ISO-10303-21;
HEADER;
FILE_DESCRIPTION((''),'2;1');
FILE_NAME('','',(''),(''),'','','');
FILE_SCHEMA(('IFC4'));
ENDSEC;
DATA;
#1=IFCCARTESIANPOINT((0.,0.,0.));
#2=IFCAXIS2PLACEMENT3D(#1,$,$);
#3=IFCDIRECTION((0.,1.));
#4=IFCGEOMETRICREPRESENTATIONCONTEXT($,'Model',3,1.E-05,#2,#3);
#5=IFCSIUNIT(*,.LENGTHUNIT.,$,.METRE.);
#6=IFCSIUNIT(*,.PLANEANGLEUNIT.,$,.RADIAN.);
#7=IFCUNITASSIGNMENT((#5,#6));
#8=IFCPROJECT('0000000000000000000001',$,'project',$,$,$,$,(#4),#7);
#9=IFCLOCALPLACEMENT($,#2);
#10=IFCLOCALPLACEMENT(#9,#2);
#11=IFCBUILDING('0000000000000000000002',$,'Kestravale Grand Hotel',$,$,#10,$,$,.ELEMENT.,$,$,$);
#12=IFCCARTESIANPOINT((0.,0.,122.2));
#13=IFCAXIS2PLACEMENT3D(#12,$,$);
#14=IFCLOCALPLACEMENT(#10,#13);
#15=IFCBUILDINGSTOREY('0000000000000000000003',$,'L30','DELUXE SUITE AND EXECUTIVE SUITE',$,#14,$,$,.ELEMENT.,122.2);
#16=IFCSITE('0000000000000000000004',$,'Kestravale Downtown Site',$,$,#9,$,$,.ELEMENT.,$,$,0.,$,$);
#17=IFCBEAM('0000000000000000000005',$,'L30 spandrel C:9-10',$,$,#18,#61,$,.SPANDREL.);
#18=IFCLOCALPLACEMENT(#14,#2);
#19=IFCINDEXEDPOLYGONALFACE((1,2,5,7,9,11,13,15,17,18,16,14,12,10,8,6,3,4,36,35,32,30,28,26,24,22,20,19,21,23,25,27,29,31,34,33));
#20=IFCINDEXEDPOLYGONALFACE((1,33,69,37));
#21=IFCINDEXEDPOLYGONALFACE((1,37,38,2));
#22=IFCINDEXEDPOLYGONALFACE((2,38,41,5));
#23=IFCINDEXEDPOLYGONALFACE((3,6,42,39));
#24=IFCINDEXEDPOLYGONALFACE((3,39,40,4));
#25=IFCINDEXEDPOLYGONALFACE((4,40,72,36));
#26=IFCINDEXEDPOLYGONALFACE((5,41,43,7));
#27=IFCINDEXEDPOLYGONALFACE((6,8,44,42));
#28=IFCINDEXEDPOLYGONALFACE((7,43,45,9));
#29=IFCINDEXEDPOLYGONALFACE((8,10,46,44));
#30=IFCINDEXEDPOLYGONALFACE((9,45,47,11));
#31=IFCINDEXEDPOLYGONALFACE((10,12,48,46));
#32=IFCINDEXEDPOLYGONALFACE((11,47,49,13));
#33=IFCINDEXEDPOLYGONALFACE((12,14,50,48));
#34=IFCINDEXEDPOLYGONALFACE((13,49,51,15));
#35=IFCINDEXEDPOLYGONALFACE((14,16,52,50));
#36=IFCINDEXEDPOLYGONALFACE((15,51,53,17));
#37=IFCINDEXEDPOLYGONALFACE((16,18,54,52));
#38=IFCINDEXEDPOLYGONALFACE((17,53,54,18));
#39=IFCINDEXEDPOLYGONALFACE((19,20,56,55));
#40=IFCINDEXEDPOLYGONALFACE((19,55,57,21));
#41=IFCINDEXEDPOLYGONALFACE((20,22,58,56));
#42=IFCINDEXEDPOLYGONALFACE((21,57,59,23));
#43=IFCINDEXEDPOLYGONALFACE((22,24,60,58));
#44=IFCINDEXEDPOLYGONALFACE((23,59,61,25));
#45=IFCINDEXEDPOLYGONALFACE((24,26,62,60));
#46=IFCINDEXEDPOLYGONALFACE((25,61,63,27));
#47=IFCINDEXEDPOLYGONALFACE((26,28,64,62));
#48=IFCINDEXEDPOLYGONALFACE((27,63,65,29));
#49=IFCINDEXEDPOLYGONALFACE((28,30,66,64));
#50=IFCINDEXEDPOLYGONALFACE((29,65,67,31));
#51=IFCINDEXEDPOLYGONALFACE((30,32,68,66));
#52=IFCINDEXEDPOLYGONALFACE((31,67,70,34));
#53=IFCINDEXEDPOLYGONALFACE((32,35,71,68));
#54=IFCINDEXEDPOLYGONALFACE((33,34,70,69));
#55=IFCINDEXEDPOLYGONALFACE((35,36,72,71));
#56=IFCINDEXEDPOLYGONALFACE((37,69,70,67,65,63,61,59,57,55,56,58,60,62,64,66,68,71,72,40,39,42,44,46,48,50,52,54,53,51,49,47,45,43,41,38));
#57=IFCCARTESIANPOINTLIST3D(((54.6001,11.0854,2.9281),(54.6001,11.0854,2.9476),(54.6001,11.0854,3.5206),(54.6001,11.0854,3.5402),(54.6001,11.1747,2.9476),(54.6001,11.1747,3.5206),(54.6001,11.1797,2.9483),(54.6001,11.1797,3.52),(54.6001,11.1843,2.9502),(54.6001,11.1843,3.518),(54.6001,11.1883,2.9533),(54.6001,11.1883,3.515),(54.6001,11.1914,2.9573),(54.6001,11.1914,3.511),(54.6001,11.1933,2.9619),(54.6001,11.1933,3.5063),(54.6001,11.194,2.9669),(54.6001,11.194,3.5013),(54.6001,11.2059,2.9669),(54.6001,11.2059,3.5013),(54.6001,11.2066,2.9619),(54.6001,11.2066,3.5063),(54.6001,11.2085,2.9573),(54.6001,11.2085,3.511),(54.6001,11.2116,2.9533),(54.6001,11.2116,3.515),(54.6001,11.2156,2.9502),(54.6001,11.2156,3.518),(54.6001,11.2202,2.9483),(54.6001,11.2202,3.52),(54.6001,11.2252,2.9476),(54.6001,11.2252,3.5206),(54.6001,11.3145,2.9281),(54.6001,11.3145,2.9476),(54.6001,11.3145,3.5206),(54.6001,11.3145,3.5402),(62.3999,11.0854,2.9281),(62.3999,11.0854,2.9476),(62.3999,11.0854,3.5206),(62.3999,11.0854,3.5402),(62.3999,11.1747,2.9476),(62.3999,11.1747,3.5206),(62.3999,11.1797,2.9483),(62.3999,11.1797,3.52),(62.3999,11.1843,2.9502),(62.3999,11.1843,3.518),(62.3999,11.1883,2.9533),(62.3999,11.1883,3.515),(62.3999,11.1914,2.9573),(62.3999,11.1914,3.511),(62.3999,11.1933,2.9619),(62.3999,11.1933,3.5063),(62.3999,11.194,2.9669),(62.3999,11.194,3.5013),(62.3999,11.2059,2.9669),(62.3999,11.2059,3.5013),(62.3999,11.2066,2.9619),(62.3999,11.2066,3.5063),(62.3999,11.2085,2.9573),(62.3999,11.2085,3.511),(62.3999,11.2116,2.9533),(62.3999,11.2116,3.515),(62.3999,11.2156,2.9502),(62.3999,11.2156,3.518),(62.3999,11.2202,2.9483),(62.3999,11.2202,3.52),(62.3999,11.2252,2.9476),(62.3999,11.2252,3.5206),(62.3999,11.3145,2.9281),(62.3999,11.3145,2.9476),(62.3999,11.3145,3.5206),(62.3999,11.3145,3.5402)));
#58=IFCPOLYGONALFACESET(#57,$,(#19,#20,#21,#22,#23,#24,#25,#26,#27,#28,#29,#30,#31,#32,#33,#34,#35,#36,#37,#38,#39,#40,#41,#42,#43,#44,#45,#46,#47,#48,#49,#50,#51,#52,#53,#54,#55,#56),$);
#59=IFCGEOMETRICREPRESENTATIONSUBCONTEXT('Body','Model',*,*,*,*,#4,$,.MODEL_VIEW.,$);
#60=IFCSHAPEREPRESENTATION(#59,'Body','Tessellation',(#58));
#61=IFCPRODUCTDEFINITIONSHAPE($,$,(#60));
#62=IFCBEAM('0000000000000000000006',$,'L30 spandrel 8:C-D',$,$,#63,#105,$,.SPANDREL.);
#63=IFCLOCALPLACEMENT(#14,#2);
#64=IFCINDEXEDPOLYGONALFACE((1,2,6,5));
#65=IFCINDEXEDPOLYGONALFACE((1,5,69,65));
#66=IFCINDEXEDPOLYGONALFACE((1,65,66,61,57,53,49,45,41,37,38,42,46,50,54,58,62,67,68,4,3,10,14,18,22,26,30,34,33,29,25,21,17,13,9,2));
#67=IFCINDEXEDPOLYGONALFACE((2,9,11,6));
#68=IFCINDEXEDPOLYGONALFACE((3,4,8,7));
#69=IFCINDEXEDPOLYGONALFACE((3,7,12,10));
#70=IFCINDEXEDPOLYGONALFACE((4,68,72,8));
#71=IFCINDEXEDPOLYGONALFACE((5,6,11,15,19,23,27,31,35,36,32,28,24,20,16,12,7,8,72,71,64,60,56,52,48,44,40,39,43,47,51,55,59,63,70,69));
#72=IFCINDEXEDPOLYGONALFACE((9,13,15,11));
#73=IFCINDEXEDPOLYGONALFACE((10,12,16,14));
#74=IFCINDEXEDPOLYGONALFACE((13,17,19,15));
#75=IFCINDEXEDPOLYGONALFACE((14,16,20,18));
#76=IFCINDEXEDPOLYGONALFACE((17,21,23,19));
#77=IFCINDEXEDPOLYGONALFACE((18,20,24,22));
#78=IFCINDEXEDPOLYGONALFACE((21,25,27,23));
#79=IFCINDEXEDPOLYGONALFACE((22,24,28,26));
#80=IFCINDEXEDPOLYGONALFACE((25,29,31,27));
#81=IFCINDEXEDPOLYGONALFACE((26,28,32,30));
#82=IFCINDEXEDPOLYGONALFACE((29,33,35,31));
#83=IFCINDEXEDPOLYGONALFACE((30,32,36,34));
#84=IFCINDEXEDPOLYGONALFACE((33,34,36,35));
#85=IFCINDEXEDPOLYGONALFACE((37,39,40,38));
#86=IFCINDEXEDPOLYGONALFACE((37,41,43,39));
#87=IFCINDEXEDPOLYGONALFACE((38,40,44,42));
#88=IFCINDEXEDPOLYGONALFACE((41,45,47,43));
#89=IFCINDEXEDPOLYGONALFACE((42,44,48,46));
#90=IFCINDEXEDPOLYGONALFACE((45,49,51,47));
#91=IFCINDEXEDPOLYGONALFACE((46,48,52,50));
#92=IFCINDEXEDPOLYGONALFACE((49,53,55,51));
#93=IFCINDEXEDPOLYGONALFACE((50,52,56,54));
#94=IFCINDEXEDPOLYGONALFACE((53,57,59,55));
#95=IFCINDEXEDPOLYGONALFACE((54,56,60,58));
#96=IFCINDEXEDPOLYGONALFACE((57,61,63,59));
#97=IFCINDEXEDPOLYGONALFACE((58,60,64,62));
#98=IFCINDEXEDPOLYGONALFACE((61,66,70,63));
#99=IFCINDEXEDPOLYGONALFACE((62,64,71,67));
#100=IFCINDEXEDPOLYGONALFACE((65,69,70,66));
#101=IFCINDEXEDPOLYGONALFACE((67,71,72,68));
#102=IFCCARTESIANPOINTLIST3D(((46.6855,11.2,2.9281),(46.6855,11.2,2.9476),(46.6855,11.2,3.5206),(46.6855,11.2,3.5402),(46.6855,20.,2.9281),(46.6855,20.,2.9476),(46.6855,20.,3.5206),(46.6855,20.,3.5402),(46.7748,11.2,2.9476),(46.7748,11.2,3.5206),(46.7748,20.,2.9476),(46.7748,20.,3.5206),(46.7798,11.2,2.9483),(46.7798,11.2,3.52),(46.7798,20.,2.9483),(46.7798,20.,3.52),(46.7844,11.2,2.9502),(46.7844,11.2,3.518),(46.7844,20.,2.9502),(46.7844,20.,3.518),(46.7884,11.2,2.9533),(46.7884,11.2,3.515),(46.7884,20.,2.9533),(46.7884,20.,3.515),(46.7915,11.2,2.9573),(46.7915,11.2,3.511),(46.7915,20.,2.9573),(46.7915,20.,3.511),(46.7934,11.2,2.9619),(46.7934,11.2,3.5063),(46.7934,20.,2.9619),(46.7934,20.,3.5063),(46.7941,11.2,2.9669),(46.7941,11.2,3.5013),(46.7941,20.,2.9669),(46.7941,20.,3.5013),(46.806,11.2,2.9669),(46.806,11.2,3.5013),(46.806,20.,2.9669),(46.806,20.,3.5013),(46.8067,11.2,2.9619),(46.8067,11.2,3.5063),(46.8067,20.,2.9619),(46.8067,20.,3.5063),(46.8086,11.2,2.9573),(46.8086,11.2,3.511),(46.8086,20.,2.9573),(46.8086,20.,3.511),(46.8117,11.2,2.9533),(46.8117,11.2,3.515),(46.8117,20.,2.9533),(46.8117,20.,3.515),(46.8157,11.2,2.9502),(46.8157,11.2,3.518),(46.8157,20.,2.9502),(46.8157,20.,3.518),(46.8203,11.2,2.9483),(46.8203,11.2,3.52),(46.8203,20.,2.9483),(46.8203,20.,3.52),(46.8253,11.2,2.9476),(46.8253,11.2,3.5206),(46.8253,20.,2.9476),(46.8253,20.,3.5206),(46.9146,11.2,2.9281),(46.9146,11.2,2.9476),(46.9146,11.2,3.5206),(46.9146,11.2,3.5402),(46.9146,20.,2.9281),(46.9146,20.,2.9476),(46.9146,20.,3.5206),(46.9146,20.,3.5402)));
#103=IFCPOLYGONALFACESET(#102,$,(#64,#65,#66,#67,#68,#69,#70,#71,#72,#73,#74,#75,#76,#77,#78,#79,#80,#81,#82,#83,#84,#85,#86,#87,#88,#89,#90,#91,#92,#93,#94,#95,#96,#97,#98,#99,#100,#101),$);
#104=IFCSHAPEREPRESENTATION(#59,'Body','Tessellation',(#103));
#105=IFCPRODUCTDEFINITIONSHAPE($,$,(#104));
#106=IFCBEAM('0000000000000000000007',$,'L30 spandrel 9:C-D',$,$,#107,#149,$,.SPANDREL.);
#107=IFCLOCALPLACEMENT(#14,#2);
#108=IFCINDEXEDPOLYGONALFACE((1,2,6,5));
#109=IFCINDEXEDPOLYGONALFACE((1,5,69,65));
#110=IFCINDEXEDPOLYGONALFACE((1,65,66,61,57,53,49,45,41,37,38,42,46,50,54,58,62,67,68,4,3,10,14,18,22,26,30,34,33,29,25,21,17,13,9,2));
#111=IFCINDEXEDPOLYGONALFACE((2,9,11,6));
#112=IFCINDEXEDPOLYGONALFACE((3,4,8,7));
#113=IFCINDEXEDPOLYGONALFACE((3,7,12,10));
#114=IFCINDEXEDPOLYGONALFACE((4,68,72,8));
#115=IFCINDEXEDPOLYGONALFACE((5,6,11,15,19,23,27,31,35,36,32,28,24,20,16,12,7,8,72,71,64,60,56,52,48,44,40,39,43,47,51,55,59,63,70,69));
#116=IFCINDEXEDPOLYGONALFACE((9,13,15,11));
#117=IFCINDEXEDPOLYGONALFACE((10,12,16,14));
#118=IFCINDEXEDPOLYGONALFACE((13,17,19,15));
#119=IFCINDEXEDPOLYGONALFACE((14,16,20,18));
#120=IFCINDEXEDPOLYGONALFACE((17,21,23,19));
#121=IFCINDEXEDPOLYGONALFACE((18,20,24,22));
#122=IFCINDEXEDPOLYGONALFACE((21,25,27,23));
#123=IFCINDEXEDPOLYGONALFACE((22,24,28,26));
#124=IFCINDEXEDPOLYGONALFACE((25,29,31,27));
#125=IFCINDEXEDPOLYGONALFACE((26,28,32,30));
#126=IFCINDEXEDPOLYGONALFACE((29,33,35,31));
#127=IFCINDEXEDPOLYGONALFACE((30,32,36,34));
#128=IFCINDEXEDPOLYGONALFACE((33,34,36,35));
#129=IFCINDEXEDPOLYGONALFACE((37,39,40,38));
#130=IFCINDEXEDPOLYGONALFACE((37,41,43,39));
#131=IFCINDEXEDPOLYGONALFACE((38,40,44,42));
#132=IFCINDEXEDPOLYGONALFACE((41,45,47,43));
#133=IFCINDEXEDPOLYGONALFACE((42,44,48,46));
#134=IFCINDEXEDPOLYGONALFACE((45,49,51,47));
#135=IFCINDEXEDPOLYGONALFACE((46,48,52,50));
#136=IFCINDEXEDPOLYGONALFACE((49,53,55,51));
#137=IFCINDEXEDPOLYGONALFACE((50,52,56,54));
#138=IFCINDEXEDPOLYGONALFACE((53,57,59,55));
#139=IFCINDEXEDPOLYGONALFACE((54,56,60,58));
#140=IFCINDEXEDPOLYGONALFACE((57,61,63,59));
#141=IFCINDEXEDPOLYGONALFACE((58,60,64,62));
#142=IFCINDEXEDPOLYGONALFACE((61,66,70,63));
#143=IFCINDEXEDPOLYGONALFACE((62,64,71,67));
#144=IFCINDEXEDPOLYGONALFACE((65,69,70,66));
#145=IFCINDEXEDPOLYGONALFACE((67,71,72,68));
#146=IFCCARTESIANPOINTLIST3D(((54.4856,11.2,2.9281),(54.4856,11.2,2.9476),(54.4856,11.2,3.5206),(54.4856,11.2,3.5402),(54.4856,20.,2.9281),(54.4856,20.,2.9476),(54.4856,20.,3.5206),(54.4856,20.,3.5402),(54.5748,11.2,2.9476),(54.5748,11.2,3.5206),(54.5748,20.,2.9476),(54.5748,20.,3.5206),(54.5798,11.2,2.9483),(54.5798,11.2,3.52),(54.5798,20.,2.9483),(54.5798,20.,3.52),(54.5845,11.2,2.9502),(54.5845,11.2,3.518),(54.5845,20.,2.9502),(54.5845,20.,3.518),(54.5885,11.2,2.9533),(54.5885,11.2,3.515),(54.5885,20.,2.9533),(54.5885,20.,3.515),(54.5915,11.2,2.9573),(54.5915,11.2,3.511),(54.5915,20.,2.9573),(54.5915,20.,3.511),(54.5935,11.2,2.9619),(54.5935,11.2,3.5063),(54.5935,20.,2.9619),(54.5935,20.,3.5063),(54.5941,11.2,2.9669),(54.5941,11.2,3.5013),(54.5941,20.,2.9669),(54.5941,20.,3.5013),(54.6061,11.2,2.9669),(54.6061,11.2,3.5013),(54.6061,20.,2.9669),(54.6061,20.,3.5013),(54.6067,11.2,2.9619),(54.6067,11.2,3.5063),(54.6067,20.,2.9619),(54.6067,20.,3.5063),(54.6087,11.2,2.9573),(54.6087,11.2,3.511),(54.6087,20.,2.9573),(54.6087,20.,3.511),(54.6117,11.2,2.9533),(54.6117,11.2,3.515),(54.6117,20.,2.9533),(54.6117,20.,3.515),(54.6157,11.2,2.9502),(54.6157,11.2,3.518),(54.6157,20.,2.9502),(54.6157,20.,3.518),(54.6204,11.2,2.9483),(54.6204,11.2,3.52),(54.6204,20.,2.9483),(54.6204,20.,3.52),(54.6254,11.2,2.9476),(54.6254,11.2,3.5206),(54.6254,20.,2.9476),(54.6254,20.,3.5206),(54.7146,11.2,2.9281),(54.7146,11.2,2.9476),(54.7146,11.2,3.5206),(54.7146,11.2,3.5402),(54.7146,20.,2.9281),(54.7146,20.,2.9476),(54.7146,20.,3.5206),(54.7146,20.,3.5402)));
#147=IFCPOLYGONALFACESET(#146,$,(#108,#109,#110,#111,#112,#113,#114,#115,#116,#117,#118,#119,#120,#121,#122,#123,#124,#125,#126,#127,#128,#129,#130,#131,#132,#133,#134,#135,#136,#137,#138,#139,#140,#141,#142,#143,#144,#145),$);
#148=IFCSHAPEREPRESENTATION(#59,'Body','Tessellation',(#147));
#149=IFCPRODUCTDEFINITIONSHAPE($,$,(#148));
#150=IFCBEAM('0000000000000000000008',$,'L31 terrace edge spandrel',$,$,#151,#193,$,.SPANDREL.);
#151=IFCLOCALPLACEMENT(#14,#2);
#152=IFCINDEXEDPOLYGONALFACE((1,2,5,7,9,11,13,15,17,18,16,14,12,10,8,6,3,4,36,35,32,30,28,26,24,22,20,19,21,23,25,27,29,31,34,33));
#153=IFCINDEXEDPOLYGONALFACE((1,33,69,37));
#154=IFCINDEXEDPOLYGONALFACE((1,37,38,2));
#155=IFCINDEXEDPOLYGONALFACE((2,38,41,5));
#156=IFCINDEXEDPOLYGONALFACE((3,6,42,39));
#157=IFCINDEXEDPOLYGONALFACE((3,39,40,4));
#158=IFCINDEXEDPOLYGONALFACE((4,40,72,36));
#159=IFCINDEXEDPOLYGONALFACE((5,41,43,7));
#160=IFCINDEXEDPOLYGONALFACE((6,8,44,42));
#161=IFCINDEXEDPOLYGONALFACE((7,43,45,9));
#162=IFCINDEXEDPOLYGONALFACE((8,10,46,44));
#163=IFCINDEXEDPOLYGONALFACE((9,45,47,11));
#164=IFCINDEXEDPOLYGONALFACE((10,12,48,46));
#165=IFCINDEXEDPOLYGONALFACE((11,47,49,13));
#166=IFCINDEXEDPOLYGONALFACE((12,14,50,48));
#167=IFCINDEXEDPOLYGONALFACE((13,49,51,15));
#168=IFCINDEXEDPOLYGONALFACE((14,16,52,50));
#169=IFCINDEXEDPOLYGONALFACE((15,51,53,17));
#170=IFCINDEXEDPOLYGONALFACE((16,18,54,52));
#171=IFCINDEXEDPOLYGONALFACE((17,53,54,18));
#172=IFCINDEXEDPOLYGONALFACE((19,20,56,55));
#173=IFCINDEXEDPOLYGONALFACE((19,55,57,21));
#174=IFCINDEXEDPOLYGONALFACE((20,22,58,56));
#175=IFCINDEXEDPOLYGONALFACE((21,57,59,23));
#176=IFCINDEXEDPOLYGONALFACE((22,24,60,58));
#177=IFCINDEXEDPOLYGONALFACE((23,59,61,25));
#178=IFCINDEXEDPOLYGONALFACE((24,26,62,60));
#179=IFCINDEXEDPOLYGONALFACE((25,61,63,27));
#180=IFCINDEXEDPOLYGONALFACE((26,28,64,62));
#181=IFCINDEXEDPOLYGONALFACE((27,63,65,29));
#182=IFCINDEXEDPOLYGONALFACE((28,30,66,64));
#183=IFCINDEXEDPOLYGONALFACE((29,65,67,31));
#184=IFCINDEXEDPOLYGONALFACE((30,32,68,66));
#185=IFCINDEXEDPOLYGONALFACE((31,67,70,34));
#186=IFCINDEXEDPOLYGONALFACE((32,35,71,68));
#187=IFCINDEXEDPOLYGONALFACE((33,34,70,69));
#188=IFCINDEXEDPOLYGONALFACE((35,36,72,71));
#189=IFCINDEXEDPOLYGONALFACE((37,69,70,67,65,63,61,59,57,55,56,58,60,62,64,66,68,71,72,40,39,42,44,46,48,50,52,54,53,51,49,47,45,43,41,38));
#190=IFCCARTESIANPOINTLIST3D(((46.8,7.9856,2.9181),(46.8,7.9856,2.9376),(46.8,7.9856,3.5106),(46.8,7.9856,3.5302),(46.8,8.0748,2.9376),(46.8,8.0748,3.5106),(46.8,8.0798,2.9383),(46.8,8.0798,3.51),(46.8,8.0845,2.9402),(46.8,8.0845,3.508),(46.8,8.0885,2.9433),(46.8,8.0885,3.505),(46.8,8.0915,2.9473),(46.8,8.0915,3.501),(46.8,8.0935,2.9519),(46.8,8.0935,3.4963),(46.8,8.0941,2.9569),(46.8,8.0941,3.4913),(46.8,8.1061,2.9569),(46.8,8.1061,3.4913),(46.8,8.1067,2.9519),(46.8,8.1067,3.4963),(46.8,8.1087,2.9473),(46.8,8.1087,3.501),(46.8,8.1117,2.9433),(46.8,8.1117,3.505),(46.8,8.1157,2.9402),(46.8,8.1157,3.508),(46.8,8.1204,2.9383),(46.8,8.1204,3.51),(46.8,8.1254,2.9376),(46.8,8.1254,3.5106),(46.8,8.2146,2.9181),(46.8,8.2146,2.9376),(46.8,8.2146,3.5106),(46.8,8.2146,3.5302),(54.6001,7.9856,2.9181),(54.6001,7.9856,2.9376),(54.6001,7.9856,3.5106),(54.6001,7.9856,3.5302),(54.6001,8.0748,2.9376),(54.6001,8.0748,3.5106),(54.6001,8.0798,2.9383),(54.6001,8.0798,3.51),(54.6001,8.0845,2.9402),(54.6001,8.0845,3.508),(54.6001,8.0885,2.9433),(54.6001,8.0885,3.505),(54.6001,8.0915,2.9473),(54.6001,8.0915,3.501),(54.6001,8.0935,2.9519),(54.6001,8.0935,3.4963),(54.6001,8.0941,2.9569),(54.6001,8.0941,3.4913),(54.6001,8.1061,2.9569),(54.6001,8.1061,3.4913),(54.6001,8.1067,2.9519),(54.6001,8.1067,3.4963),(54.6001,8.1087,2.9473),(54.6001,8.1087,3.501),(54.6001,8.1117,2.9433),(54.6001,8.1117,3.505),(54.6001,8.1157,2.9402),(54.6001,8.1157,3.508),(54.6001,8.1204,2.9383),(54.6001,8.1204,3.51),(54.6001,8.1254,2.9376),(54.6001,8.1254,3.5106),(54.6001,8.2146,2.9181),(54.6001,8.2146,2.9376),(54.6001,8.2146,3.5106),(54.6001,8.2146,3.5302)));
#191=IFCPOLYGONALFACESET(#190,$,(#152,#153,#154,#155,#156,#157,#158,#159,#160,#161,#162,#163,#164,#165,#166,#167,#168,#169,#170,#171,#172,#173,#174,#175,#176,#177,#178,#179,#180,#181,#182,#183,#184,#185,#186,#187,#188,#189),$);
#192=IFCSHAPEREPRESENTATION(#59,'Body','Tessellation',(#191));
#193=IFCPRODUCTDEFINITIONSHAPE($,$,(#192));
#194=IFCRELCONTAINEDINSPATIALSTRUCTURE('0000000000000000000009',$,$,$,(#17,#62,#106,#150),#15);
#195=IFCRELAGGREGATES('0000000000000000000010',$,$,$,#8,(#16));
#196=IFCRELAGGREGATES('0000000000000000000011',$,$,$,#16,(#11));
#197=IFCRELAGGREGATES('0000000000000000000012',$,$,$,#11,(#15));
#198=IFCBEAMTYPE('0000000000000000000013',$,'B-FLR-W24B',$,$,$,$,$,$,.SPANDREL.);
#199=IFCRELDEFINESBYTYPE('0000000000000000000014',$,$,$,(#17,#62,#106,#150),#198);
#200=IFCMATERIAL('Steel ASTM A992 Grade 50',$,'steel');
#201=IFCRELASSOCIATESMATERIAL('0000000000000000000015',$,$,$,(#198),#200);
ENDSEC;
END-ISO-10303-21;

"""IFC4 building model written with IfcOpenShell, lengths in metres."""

from ifc_helpers import new_model, si_unit, direction, frame, origin, origin_2d, place, context, subcontext, project, spatial, i_section, extrude, material, material_profile, profile_set, type_object, element, save


model = new_model("IFC4")

# Units and contexts
model_context = context("Model", 3, precision=1e-05, world=origin(), true_north=direction((0.0, 1.0)))
body_context = subcontext(model_context, "Body", "Model", "MODEL_VIEW")
ifc_project = project(units=[si_unit("LENGTHUNIT", "METRE"), si_unit("PLANEANGLEUNIT", "RADIAN")], contexts=[model_context])

# Site, building, storey
site_placement = place(None, origin())
site = spatial("IfcSite", under=ifc_project, at=site_placement, Name="Kestravale Downtown Site", CompositionType="ELEMENT", RefElevation=0.0)
building_placement = place(site_placement, origin())
building = spatial("IfcBuilding", under=site, at=building_placement, Name="Kestravale Grand Hotel", CompositionType="ELEMENT")
storey_placement = place(building_placement, frame((0.0, 0.0, 122.2)))
storey = spatial("IfcBuildingStorey", under=building, at=storey_placement, Name="L30", Description="DELUXE SUITE AND EXECUTIVE SUITE", CompositionType="ELEMENT", Elevation=122.2)

# Beams
ifc_material_1 = material(Name="Steel ASTM A992 Grade 50", Category="steel")
ifc_material_profile_1 = material_profile(ifc_material_1, i_section(OverallWidth=0.229, OverallDepth=0.6121, WebThickness=0.012, FlangeThickness=0.0195, FilletRadius=0.0193, at=origin_2d()))
ifc_profile_set_1 = profile_set([ifc_material_profile_1], Name="Steel ASTM A992 Grade 50")
beam_type_1 = type_object("IfcBeamType", Name="B-FLR-W24B", PredefinedType="SPANDREL", material=ifc_profile_set_1)
beam_1_placement = place(storey_placement, frame((54.6001, 11.2, 3.2341), z_axis=(1.0, 0.0, 0.0), x_axis=(0.0, 1.0, 0.0)))
element("IfcBeam", 1, at=beam_1_placement, inside=storey, type_object=beam_type_1, Name="L30 spandrel C:9-10", PredefinedType="SPANDREL", context=body_context, shape_type="SweptSolid", body=[
    extrude(i_section(OverallWidth=0.229, OverallDepth=0.6121, WebThickness=0.012, FlangeThickness=0.0195, FilletRadius=0.0193, at=origin_2d()), origin(), (0.0, 0.0, 1.0), 7.7998),
])
for number, where, z_axis, x_axis, name in (
    (2, (46.8, 11.2, 3.2341), (0.0, 1.0, 0.0), (-1.0, 0.0, 0.0), "L30 spandrel 8:C-D"),
    (3, (54.6001, 11.2, 3.2341), (0.0, 1.0, 0.0), (-1.0, 0.0, 0.0), "L30 spandrel 9:C-D"),
):
    element("IfcBeam", number, at=place(storey_placement, frame(where, z_axis=z_axis, x_axis=x_axis)), inside=storey, type_object=beam_type_1, Name=name, PredefinedType="SPANDREL", context=body_context, shape_type="SweptSolid", body=[
        extrude(i_section(OverallWidth=0.229, OverallDepth=0.6121, WebThickness=0.012, FlangeThickness=0.0195, FilletRadius=0.0193, at=origin_2d()), origin(), (0.0, 0.0, 1.0), 8.8),
    ])
beam_2_placement = place(storey_placement, frame((46.8, 8.1001, 3.2241), z_axis=(1.0, 0.0, 0.0), x_axis=(0.0, 1.0, 0.0)))
element("IfcBeam", 4, at=beam_2_placement, inside=storey, type_object=beam_type_1, Name="L31 terrace edge spandrel", PredefinedType="SPANDREL", context=body_context, shape_type="SweptSolid", body=[
    extrude(i_section(OverallWidth=0.229, OverallDepth=0.6121, WebThickness=0.012, FlangeThickness=0.0195, FilletRadius=0.0193, at=origin_2d()), origin(), (0.0, 0.0, 1.0), 7.8),
])

save(model, "model.ifc")
